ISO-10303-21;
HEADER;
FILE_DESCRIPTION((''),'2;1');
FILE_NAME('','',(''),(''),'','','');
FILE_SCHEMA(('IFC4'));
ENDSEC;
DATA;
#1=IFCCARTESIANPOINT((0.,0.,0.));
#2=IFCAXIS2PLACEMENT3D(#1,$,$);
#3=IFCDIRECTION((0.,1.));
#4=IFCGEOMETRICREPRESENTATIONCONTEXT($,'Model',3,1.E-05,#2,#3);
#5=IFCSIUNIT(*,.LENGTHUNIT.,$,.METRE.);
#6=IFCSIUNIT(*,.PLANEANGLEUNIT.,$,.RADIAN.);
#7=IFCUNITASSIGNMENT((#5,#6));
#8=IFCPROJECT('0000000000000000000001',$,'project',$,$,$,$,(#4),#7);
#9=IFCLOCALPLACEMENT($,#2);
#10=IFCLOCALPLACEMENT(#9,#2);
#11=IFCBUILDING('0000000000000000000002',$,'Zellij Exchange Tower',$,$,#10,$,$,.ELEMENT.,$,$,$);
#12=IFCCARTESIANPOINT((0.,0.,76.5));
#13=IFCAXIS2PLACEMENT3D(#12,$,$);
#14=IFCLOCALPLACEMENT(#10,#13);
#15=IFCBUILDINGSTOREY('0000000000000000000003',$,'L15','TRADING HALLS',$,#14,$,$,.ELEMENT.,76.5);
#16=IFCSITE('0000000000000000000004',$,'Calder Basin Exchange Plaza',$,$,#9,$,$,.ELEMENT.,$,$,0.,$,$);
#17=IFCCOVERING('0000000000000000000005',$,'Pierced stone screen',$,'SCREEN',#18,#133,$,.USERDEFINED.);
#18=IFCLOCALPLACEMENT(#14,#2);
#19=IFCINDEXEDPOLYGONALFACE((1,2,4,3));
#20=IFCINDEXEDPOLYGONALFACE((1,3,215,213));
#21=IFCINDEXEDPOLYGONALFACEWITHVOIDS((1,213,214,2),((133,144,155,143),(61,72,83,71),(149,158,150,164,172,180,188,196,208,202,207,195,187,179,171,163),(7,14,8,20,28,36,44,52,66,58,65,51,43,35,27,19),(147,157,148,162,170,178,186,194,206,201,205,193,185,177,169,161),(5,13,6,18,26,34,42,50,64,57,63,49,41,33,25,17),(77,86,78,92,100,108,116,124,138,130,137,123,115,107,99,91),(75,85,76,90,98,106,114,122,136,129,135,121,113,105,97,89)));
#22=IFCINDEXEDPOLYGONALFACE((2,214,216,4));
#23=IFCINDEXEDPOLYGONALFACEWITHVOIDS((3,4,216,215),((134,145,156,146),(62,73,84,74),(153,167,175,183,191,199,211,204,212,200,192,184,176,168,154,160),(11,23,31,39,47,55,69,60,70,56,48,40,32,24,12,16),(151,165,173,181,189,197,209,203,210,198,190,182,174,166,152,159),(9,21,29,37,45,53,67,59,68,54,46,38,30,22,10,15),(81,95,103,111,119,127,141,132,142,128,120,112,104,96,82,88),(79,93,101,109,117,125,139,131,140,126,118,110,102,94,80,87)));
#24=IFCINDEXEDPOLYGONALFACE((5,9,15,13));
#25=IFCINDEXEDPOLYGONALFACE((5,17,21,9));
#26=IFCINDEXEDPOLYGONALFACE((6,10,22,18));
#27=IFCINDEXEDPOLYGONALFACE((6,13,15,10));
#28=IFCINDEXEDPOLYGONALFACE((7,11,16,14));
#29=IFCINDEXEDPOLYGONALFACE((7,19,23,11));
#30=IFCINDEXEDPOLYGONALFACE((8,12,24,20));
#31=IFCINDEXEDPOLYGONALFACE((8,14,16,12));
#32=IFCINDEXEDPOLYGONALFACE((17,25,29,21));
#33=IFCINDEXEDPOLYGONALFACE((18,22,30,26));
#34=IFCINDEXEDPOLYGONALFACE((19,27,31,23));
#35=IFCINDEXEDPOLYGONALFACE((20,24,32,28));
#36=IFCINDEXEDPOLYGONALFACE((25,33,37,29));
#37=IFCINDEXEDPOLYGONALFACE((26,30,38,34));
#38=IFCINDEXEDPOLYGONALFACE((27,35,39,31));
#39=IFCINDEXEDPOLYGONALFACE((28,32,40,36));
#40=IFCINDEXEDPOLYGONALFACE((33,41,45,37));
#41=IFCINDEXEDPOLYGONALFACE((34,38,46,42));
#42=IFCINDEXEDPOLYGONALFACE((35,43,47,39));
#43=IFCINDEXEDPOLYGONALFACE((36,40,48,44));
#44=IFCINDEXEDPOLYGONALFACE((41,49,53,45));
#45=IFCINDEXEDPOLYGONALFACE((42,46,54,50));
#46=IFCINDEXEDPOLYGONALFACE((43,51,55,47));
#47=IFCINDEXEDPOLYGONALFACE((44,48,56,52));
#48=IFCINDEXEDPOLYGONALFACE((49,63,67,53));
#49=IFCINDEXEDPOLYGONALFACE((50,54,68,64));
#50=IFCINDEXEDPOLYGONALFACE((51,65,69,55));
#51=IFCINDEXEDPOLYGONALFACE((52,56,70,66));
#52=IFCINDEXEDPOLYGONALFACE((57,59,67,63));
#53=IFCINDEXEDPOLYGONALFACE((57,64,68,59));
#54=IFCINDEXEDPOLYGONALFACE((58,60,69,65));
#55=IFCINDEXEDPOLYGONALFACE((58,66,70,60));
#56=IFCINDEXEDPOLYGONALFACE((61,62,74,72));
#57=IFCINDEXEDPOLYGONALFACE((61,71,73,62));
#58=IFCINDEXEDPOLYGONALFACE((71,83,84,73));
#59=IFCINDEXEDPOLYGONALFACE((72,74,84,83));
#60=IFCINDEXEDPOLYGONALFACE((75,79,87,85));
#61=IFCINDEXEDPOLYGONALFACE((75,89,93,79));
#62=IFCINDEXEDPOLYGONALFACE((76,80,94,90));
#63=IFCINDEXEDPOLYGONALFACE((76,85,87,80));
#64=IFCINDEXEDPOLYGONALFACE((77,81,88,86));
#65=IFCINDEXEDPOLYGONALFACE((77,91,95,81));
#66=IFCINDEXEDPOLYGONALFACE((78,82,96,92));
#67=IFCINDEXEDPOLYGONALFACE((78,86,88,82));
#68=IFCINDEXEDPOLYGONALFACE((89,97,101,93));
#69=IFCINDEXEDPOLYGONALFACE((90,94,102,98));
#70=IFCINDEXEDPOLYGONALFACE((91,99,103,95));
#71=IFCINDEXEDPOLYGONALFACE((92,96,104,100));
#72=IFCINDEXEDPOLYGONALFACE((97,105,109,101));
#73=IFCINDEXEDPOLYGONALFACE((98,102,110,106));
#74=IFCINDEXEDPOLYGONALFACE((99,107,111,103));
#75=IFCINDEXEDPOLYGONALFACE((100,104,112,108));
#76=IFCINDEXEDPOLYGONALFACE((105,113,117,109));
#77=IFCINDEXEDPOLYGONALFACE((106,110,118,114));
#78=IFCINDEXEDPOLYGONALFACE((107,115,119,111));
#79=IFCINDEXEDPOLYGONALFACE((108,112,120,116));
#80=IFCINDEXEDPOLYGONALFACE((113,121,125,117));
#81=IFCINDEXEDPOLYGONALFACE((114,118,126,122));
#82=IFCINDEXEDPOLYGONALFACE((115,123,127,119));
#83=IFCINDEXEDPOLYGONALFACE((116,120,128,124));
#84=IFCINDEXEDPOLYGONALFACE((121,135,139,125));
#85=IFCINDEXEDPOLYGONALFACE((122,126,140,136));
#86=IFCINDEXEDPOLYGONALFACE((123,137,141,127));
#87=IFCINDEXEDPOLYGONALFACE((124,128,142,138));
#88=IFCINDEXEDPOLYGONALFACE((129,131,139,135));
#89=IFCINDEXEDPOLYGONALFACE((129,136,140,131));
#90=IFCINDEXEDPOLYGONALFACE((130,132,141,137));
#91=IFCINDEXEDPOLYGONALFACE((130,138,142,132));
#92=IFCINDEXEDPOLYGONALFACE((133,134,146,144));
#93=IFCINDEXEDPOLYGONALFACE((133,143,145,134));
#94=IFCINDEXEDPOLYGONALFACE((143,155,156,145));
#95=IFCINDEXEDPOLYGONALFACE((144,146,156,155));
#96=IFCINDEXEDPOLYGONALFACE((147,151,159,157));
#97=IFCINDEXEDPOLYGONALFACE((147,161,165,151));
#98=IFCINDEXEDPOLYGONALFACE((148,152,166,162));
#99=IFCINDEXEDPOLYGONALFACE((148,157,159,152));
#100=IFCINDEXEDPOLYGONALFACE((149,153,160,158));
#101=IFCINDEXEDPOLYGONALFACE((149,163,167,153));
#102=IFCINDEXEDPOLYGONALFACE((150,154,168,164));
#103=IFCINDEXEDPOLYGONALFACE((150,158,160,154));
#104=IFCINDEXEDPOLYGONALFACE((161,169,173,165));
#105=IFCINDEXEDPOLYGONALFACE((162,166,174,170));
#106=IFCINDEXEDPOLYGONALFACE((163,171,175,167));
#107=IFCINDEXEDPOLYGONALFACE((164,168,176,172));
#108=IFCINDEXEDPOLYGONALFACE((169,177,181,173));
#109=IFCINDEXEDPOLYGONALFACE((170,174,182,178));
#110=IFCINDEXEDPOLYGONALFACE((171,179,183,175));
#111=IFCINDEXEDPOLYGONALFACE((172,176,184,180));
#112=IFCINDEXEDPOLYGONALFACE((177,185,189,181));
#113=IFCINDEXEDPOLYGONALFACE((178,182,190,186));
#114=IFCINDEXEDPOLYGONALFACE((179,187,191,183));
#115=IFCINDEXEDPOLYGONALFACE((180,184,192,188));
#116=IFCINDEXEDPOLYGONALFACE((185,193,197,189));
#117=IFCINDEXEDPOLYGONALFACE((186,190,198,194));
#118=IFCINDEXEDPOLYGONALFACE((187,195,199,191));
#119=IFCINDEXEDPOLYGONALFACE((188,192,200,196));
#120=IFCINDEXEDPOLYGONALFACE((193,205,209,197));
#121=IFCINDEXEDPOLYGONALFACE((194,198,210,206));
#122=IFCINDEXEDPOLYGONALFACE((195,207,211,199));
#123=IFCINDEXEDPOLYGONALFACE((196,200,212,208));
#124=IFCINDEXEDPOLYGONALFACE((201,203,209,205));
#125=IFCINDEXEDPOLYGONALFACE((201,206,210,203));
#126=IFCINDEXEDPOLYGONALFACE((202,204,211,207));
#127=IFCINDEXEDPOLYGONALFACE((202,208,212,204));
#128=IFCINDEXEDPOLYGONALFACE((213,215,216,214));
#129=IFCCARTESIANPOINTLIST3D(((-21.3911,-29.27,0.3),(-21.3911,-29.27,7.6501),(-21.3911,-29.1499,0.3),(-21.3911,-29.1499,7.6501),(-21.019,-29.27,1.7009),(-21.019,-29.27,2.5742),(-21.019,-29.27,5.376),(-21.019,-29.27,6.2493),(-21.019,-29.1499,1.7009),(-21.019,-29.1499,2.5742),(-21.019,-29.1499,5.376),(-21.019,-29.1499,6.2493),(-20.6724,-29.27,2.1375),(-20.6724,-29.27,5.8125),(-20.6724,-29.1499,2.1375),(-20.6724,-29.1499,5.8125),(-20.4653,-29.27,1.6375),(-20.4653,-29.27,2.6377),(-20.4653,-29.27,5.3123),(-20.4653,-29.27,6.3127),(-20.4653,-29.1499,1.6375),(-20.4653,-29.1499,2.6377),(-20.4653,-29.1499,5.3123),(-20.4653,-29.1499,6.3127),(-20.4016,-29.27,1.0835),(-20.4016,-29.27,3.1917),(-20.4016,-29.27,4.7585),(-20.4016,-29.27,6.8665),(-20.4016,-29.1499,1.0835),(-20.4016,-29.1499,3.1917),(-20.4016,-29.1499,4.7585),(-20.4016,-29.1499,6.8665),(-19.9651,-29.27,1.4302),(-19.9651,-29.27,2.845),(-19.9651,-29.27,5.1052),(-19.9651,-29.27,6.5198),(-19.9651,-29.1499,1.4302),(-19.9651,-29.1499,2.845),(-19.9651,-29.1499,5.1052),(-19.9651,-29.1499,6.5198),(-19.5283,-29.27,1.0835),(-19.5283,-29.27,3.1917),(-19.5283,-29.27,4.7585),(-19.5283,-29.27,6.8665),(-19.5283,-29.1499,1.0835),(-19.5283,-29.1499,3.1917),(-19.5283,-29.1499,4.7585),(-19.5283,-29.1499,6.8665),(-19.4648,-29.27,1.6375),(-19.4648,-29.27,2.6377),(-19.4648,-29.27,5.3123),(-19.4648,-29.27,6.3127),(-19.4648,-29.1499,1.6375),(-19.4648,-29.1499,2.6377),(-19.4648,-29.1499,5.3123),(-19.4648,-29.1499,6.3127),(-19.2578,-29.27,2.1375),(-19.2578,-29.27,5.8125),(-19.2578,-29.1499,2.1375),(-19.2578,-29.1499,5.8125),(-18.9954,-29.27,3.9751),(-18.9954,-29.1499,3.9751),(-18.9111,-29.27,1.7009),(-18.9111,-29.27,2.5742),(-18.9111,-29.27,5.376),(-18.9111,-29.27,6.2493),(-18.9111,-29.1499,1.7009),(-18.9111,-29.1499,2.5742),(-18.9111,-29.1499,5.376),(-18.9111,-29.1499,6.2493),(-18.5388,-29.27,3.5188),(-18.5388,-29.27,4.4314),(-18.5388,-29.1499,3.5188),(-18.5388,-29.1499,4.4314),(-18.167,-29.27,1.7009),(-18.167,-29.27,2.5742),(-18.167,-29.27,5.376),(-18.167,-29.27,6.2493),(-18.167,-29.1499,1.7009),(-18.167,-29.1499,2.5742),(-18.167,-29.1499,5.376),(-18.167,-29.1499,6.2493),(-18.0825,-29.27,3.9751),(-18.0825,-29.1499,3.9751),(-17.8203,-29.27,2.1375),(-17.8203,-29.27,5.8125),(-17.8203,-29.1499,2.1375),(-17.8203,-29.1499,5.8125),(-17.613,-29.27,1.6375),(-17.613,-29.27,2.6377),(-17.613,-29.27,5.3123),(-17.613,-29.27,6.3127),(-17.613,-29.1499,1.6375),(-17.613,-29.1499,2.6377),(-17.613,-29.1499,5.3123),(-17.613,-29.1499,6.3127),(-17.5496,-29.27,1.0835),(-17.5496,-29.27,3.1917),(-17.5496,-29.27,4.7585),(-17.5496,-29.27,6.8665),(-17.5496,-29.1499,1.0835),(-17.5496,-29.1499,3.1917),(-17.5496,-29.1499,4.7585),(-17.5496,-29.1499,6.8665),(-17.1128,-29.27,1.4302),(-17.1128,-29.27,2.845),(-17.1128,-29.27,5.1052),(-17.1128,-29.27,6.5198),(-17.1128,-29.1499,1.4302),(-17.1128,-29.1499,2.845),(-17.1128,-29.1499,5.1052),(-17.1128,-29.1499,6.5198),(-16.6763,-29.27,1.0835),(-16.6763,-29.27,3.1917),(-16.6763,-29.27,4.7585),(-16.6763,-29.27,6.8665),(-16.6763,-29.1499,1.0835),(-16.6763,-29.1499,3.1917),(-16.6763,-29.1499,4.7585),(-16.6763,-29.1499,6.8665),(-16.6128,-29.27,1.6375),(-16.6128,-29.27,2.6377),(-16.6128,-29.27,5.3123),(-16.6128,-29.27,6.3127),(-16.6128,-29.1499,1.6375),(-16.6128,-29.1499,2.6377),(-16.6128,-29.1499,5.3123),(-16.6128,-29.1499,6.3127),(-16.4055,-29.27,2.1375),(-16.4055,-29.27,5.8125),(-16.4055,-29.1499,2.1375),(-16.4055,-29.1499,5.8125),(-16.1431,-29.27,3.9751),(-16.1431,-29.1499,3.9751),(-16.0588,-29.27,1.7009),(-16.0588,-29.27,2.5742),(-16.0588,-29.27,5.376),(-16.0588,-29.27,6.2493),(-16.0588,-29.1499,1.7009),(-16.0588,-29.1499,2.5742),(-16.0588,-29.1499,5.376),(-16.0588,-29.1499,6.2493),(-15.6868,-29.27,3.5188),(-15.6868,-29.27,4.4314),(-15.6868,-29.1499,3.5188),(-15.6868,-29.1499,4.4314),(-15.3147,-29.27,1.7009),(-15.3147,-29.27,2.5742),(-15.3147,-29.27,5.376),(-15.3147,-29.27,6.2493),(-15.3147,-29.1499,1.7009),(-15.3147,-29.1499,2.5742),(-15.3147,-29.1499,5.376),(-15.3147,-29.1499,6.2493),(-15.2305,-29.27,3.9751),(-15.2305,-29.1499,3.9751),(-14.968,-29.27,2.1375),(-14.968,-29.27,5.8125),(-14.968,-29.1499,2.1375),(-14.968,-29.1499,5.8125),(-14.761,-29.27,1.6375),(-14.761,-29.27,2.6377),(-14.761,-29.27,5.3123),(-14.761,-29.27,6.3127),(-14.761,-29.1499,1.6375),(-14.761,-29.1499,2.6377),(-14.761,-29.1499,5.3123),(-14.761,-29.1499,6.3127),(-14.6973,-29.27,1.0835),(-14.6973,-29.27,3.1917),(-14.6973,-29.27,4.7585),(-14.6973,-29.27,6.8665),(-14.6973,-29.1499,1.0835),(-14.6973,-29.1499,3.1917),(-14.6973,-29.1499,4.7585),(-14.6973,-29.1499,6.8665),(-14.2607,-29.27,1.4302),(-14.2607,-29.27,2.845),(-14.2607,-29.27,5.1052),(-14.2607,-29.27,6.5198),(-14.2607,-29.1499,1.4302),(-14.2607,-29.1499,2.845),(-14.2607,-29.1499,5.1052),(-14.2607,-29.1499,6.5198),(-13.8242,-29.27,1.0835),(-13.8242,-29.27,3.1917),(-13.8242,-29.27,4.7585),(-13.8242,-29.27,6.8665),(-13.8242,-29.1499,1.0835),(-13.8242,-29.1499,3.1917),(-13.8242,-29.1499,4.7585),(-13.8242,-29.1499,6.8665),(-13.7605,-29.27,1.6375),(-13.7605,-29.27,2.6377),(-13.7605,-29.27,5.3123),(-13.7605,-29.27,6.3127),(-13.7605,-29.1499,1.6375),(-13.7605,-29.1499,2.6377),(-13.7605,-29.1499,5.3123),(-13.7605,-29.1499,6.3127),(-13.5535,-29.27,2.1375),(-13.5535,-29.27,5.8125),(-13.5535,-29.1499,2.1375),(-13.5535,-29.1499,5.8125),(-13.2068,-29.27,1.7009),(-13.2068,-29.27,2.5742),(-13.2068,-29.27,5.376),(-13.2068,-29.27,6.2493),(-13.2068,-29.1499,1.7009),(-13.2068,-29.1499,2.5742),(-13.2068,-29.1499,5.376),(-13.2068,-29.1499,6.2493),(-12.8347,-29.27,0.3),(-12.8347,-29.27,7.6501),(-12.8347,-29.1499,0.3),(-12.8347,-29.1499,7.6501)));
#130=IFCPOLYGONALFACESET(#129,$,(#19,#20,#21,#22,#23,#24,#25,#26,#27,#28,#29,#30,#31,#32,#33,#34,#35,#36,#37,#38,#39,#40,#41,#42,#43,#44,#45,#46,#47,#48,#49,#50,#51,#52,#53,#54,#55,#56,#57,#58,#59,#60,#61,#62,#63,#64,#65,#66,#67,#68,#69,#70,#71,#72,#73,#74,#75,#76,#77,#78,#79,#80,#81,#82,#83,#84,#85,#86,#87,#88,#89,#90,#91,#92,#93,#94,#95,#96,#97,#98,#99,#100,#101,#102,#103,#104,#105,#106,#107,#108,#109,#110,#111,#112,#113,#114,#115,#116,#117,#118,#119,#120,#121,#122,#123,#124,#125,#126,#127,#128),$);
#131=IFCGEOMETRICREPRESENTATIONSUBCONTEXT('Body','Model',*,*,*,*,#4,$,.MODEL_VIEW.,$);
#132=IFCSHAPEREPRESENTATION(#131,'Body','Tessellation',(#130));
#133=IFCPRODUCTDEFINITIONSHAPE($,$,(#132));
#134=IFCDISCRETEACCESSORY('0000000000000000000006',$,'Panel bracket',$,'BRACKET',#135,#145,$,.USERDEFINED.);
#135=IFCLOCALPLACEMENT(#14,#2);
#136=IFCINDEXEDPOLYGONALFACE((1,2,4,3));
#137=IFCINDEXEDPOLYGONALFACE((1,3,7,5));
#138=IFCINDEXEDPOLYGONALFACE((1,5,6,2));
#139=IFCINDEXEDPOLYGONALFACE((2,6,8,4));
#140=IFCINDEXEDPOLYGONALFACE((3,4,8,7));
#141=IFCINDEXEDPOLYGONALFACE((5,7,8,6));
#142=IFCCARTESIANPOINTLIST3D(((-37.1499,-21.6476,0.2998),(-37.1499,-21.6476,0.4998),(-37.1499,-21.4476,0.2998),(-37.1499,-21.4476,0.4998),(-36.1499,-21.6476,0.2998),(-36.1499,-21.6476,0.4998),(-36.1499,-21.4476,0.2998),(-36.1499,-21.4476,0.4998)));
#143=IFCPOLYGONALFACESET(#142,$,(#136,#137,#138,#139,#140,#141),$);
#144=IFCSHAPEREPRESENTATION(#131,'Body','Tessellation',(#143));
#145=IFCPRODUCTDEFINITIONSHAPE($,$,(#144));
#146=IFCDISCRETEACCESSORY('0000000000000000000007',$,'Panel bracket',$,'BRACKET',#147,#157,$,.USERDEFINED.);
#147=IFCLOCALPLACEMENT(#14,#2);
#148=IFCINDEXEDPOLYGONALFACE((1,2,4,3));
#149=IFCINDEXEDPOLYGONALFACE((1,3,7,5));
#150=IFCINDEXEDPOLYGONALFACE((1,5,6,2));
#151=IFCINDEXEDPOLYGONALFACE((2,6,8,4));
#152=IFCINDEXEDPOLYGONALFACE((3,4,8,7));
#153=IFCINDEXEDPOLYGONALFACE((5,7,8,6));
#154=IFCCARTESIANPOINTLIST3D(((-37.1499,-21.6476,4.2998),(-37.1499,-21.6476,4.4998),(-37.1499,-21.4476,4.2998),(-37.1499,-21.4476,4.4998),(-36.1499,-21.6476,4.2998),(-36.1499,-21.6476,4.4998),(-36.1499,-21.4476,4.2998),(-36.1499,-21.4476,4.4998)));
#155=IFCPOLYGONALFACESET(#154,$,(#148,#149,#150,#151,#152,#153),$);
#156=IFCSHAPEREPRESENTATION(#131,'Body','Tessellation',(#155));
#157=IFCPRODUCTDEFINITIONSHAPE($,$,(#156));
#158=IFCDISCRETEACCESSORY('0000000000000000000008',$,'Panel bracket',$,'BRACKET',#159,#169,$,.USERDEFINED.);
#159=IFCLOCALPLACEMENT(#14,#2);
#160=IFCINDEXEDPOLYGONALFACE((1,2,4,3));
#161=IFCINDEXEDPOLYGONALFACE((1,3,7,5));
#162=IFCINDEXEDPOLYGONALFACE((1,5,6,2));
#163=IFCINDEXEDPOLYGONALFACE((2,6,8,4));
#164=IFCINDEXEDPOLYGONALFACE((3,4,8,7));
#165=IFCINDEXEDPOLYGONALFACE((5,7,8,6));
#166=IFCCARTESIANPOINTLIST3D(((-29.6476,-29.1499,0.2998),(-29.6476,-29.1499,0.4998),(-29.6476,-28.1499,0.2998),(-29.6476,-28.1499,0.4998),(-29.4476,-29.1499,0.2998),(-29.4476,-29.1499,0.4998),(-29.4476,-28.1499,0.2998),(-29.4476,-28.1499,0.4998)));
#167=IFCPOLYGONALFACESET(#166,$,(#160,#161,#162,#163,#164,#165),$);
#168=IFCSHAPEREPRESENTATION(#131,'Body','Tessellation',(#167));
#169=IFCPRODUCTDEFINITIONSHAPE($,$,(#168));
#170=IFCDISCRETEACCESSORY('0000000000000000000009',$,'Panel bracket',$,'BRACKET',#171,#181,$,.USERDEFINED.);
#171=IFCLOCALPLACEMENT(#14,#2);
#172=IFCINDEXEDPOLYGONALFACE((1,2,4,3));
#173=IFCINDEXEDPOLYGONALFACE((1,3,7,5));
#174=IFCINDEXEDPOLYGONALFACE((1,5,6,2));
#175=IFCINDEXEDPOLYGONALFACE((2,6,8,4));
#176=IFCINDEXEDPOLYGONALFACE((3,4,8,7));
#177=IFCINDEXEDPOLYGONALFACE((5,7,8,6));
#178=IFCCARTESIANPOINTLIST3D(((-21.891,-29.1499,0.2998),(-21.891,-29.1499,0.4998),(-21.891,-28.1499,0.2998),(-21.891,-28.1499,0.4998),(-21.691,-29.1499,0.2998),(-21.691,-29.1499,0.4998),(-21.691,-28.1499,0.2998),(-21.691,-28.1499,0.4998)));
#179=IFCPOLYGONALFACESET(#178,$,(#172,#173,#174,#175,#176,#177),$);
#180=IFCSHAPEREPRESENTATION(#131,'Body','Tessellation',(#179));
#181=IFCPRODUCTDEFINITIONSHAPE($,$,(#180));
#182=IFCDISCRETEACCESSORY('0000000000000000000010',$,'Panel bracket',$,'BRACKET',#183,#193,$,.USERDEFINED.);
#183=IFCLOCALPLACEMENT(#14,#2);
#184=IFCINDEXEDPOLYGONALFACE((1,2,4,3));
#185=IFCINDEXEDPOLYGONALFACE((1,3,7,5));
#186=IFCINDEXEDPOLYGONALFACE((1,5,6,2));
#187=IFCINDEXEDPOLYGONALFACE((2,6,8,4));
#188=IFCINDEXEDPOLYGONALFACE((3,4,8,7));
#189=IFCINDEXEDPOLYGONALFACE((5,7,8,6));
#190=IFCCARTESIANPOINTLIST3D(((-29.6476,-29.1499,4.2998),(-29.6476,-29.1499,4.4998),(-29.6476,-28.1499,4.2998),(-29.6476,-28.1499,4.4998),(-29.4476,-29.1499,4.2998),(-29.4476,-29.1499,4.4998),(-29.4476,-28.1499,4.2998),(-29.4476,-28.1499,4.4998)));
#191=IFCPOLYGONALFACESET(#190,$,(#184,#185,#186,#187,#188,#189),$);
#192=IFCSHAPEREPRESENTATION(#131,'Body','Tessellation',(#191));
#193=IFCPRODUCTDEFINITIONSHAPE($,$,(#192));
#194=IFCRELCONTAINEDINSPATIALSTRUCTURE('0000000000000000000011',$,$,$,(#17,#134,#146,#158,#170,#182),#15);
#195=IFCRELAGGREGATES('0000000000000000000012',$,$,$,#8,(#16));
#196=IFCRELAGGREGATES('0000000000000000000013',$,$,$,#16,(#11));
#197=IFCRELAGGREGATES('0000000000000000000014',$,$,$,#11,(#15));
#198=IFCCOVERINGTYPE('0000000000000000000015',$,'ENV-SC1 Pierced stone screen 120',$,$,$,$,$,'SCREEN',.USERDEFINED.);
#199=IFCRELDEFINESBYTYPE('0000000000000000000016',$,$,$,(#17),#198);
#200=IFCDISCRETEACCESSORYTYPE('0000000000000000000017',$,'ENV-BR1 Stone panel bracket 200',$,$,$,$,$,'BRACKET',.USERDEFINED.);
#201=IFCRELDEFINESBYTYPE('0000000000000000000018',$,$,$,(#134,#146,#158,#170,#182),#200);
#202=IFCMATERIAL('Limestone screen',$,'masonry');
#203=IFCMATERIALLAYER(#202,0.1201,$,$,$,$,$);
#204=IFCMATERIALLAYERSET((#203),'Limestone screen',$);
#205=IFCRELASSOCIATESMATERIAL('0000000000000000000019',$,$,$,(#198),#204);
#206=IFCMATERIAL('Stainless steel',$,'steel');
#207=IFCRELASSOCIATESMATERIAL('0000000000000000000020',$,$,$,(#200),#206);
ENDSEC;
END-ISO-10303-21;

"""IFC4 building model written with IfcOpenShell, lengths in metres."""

from ifc_helpers import new_model, si_unit, direction, frame, origin, origin_2d, place, context, subcontext, project, spatial, polyline, rectangle, outline, extrude, material, layer, layer_set, type_object, element, save


model = new_model("IFC4")

# Units and contexts
model_context = context("Model", 3, precision=1e-05, world=origin(), true_north=direction((0.0, 1.0)))
body_context = subcontext(model_context, "Body", "Model", "MODEL_VIEW")
ifc_project = project(units=[si_unit("LENGTHUNIT", "METRE"), si_unit("PLANEANGLEUNIT", "RADIAN")], contexts=[model_context])

# Site, building, storey
site_placement = place(None, origin())
site = spatial("IfcSite", under=ifc_project, at=site_placement, Name="Calder Basin Exchange Plaza", CompositionType="ELEMENT", RefElevation=0.0)
building_placement = place(site_placement, origin())
building = spatial("IfcBuilding", under=site, at=building_placement, Name="Zellij Exchange Tower", CompositionType="ELEMENT")
storey_placement = place(building_placement, frame((0.0, 0.0, 76.5)))
storey = spatial("IfcBuildingStorey", under=building, at=storey_placement, Name="L15", Description="TRADING HALLS", CompositionType="ELEMENT", Elevation=76.5)

# Covering
ifc_material_1 = material(Name="Limestone screen", Category="masonry")
ifc_layer_1 = layer(ifc_material_1, 0.1201)
ifc_layer_set_1 = layer_set([ifc_layer_1], Name="Limestone screen")
covering_type = type_object("IfcCoveringType", Name="ENV-SC1 Pierced stone screen 120", ElementType="SCREEN", PredefinedType="USERDEFINED", material=ifc_layer_set_1)
covering_1_placement = place(storey_placement, frame((-21.3911, -29.21, 0.3), z_axis=(0.0, 0.0, 1.0), x_axis=(1.0, 0.0, 0.0)))
element("IfcCovering", 1, at=covering_1_placement, inside=storey, type_object=covering_type, Name="Pierced stone screen", ObjectType="SCREEN", PredefinedType="USERDEFINED", context=body_context, shape_type="SweptSolid", body=[
    extrude(outline(polyline([(0.0, 0.0), (8.5564, 0.0), (8.5564, 7.3501), (0.0, 7.3501), (0.0, 0.0)]), holes=[polyline([(2.48, 2.2742), (1.9263, 2.3376), (1.8628, 2.8916), (1.426, 2.5449), (0.9895, 2.8916), (0.9258, 2.3376), (0.3721, 2.2742), (0.7188, 1.8374), (0.3721, 1.4009), (0.9258, 1.3374), (0.9895, 0.7834), (1.426, 1.1301), (1.8628, 0.7834), (1.9263, 1.3374), (2.48, 1.4009), (2.1333, 1.8374), (2.48, 2.2742)]), polyline([(2.48, 5.9492), (1.9263, 6.0127), (1.8628, 6.5664), (1.426, 6.2197), (0.9895, 6.5664), (0.9258, 6.0127), (0.3721, 5.9492), (0.7188, 5.5125), (0.3721, 5.0759), (0.9258, 5.0122), (0.9895, 4.4585), (1.426, 4.8052), (1.8628, 4.4585), (1.9263, 5.0122), (2.48, 5.0759), (2.1333, 5.5125), (2.48, 5.9492)]), polyline([(5.3323, 2.2742), (4.7783, 2.3376), (4.7148, 2.8916), (4.2783, 2.5449), (3.8416, 2.8916), (3.7781, 2.3376), (3.2241, 2.2742), (3.5708, 1.8374), (3.2241, 1.4009), (3.7781, 1.3374), (3.8416, 0.7834), (4.2783, 1.1301), (4.7148, 0.7834), (4.7783, 1.3374), (5.3323, 1.4009), (4.9856, 1.8374), (5.3323, 2.2742)]), polyline([(5.3323, 5.9492), (4.7783, 6.0127), (4.7148, 6.5664), (4.2783, 6.2197), (3.8416, 6.5664), (3.7781, 6.0127), (3.2241, 5.9492), (3.5708, 5.5125), (3.2241, 5.0759), (3.7781, 5.0122), (3.8416, 4.4585), (4.2783, 4.8052), (4.7148, 4.4585), (4.7783, 5.0122), (5.3323, 5.0759), (4.9856, 5.5125), (5.3323, 5.9492)]), polyline([(8.1843, 2.2742), (7.6306, 2.3376), (7.5669, 2.8916), (7.1304, 2.5449), (6.6938, 2.8916), (6.6301, 2.3376), (6.0764, 2.2742), (6.4231, 1.8374), (6.0764, 1.4009), (6.6301, 1.3374), (6.6938, 0.7834), (7.1304, 1.1301), (7.5669, 0.7834), (7.6306, 1.3374), (8.1843, 1.4009), (7.8376, 1.8374), (8.1843, 2.2742)]), polyline([(8.1843, 5.9492), (7.6306, 6.0127), (7.5669, 6.5664), (7.1304, 6.2197), (6.6938, 6.5664), (6.6301, 6.0127), (6.0764, 5.9492), (6.4231, 5.5125), (6.0764, 5.0759), (6.6301, 5.0122), (6.6938, 4.4585), (7.1304, 4.8052), (7.5669, 4.4585), (7.6306, 5.0122), (8.1843, 5.0759), (7.8376, 5.5125), (8.1843, 5.9492)]), polyline([(3.3086, 3.675), (2.8523, 4.1313), (2.3958, 3.675), (2.8523, 3.2188), (3.3086, 3.675)]), polyline([(6.1606, 3.675), (5.7043, 4.1313), (5.248, 3.675), (5.7043, 3.2188), (6.1606, 3.675)])]), frame((0.0, 0.0601, 0.0), z_axis=(0.0, -1.0, 0.0), x_axis=(1.0, 0.0, 0.0)), (0.0, 0.0, 1.0), 0.1201),
])

# Discrete accessories
ifc_material_2 = material(Name="Stainless steel", Category="steel")
discrete_accessory_type = type_object("IfcDiscreteAccessoryType", Name="ENV-BR1 Stone panel bracket 200", ElementType="BRACKET", PredefinedType="USERDEFINED", material=ifc_material_2)
for number, where, z_axis, x_axis, name in (
    (2, (-36.6499, -21.5476, 0.2998), (0.0, 0.0, 1.0), (0.0, -1.0, 0.0), "Panel bracket"),
    (3, (-36.6499, -21.5476, 4.2998), (0.0, 0.0, 1.0), (0.0, -1.0, 0.0), "Panel bracket"),
    (4, (-29.5476, -28.6499, 0.2998), (0.0, 0.0, 1.0), (1.0, 0.0, 0.0), "Panel bracket"),
    (5, (-21.791, -28.6499, 0.2998), (0.0, 0.0, 1.0), (1.0, 0.0, 0.0), "Panel bracket"),
    (6, (-29.5476, -28.6499, 4.2998), (0.0, 0.0, 1.0), (1.0, 0.0, 0.0), "Panel bracket"),
):
    element("IfcDiscreteAccessory", number, at=place(storey_placement, frame(where, z_axis=z_axis, x_axis=x_axis)), inside=storey, type_object=discrete_accessory_type, Name=name, ObjectType="BRACKET", PredefinedType="USERDEFINED", context=body_context, shape_type="SweptSolid", body=[
        extrude(rectangle(XDim=0.2, YDim=1.0, at=origin_2d()), origin(), (0.0, 0.0, 1.0), 0.2),
    ])

save(model, "model.ifc")
